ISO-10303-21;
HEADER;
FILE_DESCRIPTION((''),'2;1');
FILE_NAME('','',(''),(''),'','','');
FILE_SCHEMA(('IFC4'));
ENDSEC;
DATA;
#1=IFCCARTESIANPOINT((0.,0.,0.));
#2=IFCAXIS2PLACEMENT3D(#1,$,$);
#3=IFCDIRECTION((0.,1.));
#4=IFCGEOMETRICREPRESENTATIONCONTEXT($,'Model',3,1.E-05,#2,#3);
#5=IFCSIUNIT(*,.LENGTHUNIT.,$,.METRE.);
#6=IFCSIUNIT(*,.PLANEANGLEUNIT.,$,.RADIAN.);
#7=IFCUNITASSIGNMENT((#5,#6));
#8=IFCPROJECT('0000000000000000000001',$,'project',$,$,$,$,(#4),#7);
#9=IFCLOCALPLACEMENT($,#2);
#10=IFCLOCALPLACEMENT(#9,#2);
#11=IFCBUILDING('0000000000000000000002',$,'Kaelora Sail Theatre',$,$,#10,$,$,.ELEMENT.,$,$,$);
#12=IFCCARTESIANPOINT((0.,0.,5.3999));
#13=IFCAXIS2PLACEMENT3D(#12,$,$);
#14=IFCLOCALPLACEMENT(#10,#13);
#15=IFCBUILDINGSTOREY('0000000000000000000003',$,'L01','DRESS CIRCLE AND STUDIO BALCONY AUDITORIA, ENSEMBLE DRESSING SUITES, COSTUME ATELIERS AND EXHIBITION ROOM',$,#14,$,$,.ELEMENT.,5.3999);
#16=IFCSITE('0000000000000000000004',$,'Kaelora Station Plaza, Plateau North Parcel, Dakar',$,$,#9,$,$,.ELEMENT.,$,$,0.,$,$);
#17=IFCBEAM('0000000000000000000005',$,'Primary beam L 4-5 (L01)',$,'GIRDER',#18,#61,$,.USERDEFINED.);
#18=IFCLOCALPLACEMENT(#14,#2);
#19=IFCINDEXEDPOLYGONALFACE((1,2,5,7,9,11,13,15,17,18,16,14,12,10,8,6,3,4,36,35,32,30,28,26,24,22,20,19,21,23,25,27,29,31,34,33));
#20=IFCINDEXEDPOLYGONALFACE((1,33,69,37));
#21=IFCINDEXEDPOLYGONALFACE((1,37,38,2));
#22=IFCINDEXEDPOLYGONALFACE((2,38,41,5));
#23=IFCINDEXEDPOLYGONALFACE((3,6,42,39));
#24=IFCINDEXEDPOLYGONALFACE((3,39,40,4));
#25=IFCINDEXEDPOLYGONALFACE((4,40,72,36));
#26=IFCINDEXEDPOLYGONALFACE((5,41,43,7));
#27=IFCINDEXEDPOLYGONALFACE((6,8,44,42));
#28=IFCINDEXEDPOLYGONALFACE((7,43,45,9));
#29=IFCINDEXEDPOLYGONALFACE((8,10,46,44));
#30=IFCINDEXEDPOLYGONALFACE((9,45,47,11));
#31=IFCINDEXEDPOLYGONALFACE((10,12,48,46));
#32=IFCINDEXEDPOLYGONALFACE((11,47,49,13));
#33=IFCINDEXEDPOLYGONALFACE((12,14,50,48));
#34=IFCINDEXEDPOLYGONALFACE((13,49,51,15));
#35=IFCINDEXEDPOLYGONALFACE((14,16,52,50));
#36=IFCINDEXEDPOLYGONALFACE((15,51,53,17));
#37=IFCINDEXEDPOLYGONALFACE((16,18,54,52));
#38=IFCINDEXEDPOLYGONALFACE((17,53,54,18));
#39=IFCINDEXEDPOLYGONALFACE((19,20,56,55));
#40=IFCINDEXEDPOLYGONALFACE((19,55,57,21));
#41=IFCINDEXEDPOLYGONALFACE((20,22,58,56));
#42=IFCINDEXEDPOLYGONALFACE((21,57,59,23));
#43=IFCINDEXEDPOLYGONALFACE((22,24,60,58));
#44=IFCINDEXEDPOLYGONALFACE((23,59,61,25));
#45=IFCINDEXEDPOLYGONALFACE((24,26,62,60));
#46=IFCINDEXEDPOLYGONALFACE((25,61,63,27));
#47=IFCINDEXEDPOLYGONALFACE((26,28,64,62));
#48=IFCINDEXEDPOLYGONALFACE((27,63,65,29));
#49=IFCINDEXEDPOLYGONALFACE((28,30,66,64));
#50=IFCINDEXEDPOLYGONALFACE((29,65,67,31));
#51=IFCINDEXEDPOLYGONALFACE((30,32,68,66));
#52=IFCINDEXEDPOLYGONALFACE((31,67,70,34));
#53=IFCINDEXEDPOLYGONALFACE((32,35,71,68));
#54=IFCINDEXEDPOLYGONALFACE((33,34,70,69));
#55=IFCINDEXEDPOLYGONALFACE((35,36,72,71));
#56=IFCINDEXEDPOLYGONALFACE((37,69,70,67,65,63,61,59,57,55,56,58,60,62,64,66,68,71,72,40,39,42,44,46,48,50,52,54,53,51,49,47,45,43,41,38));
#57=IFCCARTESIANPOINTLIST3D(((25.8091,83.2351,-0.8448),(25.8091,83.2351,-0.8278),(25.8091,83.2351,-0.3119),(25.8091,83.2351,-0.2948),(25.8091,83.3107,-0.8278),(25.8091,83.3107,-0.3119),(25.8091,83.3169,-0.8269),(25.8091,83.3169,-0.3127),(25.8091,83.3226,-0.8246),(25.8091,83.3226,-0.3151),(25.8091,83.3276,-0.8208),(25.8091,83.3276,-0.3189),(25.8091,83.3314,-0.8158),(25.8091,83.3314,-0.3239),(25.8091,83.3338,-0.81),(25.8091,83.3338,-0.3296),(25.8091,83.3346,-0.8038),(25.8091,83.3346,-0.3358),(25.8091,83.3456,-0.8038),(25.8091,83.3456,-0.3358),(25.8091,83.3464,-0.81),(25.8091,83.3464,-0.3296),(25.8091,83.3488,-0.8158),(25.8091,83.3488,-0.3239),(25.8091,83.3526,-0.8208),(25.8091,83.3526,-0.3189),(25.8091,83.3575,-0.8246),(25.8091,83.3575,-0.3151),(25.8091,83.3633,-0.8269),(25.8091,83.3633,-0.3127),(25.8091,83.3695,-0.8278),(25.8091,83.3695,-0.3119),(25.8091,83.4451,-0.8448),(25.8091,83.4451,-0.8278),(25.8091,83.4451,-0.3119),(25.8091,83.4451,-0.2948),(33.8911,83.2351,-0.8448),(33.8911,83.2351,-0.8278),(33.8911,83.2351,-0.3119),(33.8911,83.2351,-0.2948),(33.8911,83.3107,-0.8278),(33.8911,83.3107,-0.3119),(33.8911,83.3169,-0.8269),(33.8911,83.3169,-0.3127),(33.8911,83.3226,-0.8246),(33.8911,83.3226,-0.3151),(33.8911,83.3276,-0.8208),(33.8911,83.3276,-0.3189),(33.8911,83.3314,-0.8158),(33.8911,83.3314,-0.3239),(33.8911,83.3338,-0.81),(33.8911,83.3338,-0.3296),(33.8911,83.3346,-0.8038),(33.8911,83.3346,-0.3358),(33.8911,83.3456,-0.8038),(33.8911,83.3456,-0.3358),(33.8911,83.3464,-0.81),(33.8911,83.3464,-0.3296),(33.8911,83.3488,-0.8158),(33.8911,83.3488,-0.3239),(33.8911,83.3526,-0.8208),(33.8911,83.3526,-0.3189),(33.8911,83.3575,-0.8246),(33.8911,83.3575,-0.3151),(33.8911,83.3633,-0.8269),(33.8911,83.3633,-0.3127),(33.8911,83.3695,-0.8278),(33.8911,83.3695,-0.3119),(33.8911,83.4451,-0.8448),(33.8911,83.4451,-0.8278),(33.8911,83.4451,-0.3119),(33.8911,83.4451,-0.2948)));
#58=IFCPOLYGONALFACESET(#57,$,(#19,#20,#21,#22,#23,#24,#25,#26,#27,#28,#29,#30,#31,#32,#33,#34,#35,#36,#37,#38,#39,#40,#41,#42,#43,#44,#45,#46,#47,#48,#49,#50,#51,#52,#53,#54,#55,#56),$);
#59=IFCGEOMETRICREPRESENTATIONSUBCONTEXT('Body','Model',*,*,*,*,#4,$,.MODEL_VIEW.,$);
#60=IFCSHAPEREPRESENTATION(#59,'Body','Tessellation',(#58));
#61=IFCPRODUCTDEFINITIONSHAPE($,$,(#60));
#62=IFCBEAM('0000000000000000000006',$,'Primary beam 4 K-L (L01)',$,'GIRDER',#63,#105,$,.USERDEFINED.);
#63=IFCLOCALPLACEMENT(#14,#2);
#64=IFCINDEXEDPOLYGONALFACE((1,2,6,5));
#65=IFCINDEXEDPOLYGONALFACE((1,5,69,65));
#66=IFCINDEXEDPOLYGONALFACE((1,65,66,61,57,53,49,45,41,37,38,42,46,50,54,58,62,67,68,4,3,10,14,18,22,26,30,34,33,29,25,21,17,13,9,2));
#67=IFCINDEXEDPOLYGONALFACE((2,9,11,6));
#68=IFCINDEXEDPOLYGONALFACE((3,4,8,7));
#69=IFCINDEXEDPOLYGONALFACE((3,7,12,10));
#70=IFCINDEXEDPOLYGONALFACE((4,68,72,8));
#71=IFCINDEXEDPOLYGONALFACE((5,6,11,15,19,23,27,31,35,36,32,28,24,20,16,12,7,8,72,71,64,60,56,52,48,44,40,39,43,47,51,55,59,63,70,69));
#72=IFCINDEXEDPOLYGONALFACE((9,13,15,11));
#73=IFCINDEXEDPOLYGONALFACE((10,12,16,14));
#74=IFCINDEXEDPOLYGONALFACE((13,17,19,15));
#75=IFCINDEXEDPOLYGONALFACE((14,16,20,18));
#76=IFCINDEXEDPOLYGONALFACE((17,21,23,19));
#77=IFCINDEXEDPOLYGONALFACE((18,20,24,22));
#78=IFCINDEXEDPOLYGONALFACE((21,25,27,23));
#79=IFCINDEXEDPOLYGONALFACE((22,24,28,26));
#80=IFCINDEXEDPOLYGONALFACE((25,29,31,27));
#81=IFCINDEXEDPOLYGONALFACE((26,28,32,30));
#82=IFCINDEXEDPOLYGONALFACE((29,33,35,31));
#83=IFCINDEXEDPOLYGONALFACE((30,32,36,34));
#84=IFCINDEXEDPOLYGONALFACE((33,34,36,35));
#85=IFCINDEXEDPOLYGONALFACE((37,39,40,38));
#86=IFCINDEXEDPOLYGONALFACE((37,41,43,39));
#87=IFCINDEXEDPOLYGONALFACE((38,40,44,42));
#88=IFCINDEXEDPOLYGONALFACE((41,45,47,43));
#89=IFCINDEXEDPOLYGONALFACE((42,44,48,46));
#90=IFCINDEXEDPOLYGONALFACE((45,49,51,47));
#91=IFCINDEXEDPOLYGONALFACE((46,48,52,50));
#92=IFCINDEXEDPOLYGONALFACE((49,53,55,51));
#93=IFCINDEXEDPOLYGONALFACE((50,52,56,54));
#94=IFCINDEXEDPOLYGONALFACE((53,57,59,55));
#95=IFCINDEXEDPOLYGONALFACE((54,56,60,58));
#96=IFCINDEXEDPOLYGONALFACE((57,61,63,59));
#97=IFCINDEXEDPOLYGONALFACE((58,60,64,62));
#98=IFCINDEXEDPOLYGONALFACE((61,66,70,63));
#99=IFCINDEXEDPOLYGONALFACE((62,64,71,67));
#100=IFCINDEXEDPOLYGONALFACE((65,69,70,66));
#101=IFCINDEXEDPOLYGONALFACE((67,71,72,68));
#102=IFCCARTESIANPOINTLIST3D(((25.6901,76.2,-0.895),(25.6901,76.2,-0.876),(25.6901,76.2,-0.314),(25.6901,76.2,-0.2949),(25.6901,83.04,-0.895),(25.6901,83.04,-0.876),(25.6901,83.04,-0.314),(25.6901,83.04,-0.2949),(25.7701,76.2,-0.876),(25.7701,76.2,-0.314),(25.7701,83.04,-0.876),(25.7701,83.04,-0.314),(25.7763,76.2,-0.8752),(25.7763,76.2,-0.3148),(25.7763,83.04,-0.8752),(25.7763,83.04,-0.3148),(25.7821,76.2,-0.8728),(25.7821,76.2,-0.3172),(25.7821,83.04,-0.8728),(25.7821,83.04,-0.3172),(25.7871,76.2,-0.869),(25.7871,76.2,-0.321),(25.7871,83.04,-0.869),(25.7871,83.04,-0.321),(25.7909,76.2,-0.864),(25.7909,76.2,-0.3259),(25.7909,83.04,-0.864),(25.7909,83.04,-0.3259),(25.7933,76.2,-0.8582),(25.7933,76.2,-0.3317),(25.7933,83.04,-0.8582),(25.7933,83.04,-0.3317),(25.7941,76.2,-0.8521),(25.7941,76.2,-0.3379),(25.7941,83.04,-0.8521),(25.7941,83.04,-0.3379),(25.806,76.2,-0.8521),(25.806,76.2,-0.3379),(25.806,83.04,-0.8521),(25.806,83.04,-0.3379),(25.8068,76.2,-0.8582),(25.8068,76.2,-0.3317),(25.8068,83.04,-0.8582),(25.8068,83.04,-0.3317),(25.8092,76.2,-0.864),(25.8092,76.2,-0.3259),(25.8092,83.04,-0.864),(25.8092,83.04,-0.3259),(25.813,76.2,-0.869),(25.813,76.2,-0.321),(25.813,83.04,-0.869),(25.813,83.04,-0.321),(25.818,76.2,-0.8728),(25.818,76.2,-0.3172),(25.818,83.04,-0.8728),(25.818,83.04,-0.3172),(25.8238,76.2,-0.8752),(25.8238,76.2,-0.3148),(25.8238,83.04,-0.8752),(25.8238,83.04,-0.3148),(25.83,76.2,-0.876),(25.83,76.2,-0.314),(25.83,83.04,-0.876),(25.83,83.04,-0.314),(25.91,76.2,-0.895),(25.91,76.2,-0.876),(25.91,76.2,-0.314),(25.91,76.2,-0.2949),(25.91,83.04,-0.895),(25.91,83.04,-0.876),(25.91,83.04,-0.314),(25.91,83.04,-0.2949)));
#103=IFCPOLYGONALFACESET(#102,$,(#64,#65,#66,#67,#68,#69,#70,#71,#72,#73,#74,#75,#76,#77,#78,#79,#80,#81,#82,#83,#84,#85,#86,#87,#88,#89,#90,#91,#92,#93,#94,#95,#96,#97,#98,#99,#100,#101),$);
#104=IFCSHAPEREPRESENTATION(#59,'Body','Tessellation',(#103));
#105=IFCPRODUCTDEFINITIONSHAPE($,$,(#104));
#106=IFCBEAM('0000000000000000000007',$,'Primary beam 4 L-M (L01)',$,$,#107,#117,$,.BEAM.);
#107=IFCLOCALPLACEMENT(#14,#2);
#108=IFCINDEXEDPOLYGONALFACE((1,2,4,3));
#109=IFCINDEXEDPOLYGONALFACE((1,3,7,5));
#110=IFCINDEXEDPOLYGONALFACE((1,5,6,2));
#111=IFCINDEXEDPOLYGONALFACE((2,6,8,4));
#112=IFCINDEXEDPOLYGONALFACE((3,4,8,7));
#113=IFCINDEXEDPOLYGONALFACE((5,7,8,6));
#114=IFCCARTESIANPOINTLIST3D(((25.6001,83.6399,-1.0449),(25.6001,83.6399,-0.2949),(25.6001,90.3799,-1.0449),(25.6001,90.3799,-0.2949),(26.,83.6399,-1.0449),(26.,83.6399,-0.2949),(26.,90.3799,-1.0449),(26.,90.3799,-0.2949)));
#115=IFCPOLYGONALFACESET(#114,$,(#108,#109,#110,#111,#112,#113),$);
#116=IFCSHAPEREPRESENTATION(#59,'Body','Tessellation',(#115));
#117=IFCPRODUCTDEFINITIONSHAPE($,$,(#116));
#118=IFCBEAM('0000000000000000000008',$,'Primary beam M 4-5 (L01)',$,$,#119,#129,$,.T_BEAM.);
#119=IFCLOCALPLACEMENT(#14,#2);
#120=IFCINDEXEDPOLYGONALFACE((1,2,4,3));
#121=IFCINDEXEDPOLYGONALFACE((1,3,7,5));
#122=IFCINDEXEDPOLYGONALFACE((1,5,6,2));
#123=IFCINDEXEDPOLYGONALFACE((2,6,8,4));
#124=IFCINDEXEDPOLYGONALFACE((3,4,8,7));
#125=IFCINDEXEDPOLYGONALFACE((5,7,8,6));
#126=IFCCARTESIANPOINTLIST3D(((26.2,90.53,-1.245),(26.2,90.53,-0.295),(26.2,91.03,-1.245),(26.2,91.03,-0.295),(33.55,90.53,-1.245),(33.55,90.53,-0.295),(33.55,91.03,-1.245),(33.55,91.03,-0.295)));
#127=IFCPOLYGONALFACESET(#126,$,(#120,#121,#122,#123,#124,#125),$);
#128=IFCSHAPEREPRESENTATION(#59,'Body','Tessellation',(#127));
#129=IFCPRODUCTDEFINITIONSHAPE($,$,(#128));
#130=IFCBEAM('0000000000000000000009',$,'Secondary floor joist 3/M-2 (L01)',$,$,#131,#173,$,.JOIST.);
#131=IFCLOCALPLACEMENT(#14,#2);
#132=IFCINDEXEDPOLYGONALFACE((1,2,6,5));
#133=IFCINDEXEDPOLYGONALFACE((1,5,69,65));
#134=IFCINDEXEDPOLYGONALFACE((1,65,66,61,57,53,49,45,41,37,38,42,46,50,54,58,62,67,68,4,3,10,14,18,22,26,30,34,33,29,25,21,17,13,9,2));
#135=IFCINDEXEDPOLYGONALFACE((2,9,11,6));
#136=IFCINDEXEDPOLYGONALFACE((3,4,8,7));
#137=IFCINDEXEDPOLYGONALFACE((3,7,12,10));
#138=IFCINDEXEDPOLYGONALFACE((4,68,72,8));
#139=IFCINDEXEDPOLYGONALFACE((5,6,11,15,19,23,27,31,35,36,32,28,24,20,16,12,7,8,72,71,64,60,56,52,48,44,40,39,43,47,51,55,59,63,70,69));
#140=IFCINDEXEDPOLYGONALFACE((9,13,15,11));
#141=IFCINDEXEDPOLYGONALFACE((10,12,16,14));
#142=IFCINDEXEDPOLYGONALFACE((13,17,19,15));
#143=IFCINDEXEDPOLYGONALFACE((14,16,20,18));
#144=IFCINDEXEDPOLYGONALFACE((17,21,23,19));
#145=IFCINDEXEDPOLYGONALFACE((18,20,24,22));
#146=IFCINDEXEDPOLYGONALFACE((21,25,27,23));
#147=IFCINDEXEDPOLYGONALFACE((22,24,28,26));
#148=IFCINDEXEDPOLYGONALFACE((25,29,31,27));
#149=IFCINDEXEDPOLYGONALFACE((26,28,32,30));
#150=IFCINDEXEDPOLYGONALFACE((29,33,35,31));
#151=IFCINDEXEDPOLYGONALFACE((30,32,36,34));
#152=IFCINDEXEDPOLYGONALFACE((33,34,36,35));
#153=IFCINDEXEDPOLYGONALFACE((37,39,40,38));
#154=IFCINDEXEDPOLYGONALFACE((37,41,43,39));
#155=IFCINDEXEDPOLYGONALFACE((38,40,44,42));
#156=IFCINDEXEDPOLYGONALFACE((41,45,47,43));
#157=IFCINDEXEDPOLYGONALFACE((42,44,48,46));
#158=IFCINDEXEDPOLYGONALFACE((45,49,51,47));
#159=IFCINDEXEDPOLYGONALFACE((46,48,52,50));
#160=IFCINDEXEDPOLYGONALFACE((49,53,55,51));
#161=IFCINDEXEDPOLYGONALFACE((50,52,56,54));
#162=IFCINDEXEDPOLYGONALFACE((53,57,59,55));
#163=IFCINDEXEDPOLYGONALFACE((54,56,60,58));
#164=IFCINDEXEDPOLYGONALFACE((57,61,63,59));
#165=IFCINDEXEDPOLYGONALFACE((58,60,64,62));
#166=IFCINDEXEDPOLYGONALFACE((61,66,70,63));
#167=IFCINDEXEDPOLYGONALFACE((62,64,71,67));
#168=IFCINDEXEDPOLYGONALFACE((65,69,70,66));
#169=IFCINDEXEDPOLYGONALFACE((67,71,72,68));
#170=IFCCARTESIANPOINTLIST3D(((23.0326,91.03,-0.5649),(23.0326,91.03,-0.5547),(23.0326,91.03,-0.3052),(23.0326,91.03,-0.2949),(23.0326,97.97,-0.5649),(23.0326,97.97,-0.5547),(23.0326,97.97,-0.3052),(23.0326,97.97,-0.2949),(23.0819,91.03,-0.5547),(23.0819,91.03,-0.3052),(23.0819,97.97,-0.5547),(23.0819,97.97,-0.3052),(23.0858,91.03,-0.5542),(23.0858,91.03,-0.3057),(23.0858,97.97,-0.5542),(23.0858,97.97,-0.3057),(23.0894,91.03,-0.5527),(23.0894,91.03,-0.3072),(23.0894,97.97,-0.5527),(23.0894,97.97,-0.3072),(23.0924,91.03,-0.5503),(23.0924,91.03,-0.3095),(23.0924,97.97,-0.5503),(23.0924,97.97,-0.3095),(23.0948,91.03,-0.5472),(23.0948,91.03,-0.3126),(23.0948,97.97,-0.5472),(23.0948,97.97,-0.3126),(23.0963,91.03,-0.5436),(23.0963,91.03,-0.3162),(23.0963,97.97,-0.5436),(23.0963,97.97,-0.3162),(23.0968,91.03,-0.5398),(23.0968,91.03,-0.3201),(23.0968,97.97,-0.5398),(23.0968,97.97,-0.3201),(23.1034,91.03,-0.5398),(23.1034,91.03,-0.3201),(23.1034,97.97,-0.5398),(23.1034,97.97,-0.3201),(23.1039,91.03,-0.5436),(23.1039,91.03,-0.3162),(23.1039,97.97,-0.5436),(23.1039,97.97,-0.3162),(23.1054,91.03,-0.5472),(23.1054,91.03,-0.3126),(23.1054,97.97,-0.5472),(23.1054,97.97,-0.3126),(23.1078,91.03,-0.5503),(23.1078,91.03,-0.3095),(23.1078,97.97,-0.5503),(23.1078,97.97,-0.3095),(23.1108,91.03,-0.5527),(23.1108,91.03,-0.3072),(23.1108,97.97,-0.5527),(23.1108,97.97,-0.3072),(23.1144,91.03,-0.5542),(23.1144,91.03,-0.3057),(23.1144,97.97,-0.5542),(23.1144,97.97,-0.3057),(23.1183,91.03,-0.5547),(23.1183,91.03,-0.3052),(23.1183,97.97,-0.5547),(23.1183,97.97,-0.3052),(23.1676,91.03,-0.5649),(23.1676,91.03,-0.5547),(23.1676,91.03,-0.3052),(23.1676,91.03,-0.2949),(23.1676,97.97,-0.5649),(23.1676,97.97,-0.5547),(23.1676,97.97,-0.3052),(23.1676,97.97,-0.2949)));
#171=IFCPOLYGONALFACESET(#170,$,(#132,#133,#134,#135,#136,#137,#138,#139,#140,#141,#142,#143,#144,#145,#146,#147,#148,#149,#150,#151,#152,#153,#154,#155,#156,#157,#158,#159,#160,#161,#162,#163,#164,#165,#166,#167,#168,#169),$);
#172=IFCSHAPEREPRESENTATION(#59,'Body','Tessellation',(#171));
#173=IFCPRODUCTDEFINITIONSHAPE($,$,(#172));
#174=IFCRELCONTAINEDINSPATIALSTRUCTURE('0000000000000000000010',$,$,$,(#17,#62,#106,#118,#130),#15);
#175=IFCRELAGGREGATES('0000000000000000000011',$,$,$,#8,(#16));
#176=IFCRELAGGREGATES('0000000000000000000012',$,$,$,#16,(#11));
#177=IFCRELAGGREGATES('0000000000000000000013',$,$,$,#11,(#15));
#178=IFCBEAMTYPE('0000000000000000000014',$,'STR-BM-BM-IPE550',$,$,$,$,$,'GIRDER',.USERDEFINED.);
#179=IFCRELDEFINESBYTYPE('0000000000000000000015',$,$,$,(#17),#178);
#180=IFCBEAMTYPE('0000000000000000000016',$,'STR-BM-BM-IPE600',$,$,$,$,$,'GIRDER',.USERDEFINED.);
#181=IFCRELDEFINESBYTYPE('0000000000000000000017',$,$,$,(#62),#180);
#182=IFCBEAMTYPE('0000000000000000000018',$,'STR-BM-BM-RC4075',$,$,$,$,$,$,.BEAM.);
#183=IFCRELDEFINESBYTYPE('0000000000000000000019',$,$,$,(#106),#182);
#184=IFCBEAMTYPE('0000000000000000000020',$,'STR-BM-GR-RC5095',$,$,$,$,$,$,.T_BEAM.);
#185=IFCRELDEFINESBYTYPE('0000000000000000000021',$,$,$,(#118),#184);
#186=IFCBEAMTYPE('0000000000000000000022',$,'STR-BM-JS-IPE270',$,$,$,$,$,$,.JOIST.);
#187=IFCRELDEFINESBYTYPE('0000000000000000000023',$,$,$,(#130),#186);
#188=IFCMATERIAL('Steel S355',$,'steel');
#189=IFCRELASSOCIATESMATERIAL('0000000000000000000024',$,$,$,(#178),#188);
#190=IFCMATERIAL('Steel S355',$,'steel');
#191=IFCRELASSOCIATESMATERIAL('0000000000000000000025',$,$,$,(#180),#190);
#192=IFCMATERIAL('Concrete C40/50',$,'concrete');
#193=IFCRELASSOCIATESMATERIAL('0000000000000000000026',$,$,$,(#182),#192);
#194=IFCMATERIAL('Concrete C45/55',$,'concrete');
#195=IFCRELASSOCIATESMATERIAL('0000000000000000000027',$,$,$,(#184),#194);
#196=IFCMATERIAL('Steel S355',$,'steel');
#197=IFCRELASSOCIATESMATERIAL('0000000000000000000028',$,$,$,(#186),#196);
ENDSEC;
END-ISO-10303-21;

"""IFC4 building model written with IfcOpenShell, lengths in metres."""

from ifc_helpers import new_model, si_unit, direction, frame, origin, origin_2d, place, context, subcontext, project, spatial, rectangle, i_section, extrude, material, material_profile, profile_set, type_object, element, save


model = new_model("IFC4")

# Units and contexts
model_context = context("Model", 3, precision=1e-05, world=origin(), true_north=direction((0.0, 1.0)))
body_context = subcontext(model_context, "Body", "Model", "MODEL_VIEW")
ifc_project = project(units=[si_unit("LENGTHUNIT", "METRE"), si_unit("PLANEANGLEUNIT", "RADIAN")], contexts=[model_context])

# Site, building, storey
site_placement = place(None, origin())
site = spatial("IfcSite", under=ifc_project, at=site_placement, Name="Kaelora Station Plaza, Plateau North Parcel, Dakar", CompositionType="ELEMENT", RefElevation=0.0)
building_placement = place(site_placement, origin())
building = spatial("IfcBuilding", under=site, at=building_placement, Name="Kaelora Sail Theatre", CompositionType="ELEMENT")
storey_placement = place(building_placement, frame((0.0, 0.0, 5.3999)))
storey = spatial("IfcBuildingStorey", under=building, at=storey_placement, Name="L01", Description="DRESS CIRCLE AND STUDIO BALCONY AUDITORIA, ENSEMBLE DRESSING SUITES, COSTUME ATELIERS AND EXHIBITION ROOM", CompositionType="ELEMENT", Elevation=5.3999)

# Beams
ifc_material_1 = material(Name="Steel S355", Category="steel")
ifc_material_profile_1 = material_profile(ifc_material_1, i_section(OverallWidth=0.21, OverallDepth=0.55, WebThickness=0.011, FlangeThickness=0.0171, FilletRadius=0.0239, at=origin_2d()), Name="IPE 550")
ifc_profile_set_1 = profile_set([ifc_material_profile_1], Name="Steel S355")
beam_type_1 = type_object("IfcBeamType", Name="STR-BM-BM-IPE550", ElementType="GIRDER", PredefinedType="USERDEFINED", material=ifc_profile_set_1)
beam_1_placement = place(storey_placement, frame((25.8091, 83.3401, -0.5698), z_axis=(1.0, 0.0, 0.0), x_axis=(0.0, 1.0, 0.0)))
element("IfcBeam", 1, at=beam_1_placement, inside=storey, type_object=beam_type_1, Name="Primary beam L 4-5 (L01)", ObjectType="GIRDER", PredefinedType="USERDEFINED", context=body_context, shape_type="SweptSolid", body=[
    extrude(i_section(OverallWidth=0.21, OverallDepth=0.55, WebThickness=0.011, FlangeThickness=0.0171, FilletRadius=0.0239, at=origin_2d()), origin(), (0.0, 0.0, 1.0), 8.082),
])
ifc_material_2 = material(Name="Steel S355", Category="steel")
ifc_material_profile_2 = material_profile(ifc_material_2, i_section(OverallWidth=0.22, OverallDepth=0.6001, WebThickness=0.012, FlangeThickness=0.019, FilletRadius=0.0239, at=origin_2d()), Name="IPE 600")
ifc_profile_set_2 = profile_set([ifc_material_profile_2], Name="Steel S355")
beam_type_2 = type_object("IfcBeamType", Name="STR-BM-BM-IPE600", ElementType="GIRDER", PredefinedType="USERDEFINED", material=ifc_profile_set_2)
beam_2_placement = place(storey_placement, frame((25.8, 76.2, -0.595), z_axis=(0.0, 1.0, 0.0), x_axis=(-1.0, 0.0, 0.0)))
element("IfcBeam", 2, at=beam_2_placement, inside=storey, type_object=beam_type_2, Name="Primary beam 4 K-L (L01)", ObjectType="GIRDER", PredefinedType="USERDEFINED", context=body_context, shape_type="SweptSolid", body=[
    extrude(i_section(OverallWidth=0.22, OverallDepth=0.6001, WebThickness=0.012, FlangeThickness=0.019, FilletRadius=0.0239, at=origin_2d()), origin(), (0.0, 0.0, 1.0), 6.8401),
])
ifc_material_3 = material(Name="Concrete C40/50", Category="concrete")
ifc_material_profile_3 = material_profile(ifc_material_3, rectangle(XDim=0.3999, YDim=0.75, at=origin_2d()), Name="RC-BM 400x750")
ifc_profile_set_3 = profile_set([ifc_material_profile_3], Name="Concrete C40/50")
beam_type_3 = type_object("IfcBeamType", Name="STR-BM-BM-RC4075", PredefinedType="BEAM", material=ifc_profile_set_3)
beam_3_placement = place(storey_placement, frame((25.8, 83.6399, -0.6699), z_axis=(0.0, 1.0, 0.0), x_axis=(-1.0, 0.0, 0.0)))
element("IfcBeam", 3, at=beam_3_placement, inside=storey, type_object=beam_type_3, Name="Primary beam 4 L-M (L01)", PredefinedType="BEAM", context=body_context, shape_type="SweptSolid", body=[
    extrude(rectangle(XDim=0.3999, YDim=0.75, at=origin_2d()), origin(), (0.0, 0.0, 1.0), 6.74),
])
ifc_material_4 = material(Name="Concrete C45/55", Category="concrete")
ifc_material_profile_4 = material_profile(ifc_material_4, rectangle(XDim=0.5, YDim=0.95, at=origin_2d()), Name="RC-GRD 500x950")
ifc_profile_set_4 = profile_set([ifc_material_profile_4], Name="Concrete C45/55")
beam_type_4 = type_object("IfcBeamType", Name="STR-BM-GR-RC5095", PredefinedType="T_BEAM", material=ifc_profile_set_4)
beam_4_placement = place(storey_placement, frame((26.2, 90.78, -0.77), z_axis=(1.0, 0.0, 0.0), x_axis=(0.0, 1.0, 0.0)))
element("IfcBeam", 4, at=beam_4_placement, inside=storey, type_object=beam_type_4, Name="Primary beam M 4-5 (L01)", PredefinedType="T_BEAM", context=body_context, shape_type="SweptSolid", body=[
    extrude(rectangle(XDim=0.5, YDim=0.95, at=origin_2d()), origin(), (0.0, 0.0, 1.0), 7.3501),
])
ifc_material_5 = material(Name="Steel S355", Category="steel")
ifc_material_profile_5 = material_profile(ifc_material_5, i_section(OverallWidth=0.135, OverallDepth=0.27, WebThickness=0.0066, FlangeThickness=0.0103, FilletRadius=0.0149, at=origin_2d()), Name="IPE 270")
ifc_profile_set_5 = profile_set([ifc_material_profile_5], Name="Steel S355")
beam_type_5 = type_object("IfcBeamType", Name="STR-BM-JS-IPE270", PredefinedType="JOIST", material=ifc_profile_set_5)
beam_5_placement = place(storey_placement, frame((23.1001, 91.03, -0.4299), z_axis=(0.0, 1.0, 0.0), x_axis=(-1.0, 0.0, 0.0)))
element("IfcBeam", 5, at=beam_5_placement, inside=storey, type_object=beam_type_5, Name="Secondary floor joist 3/M-2 (L01)", PredefinedType="JOIST", context=body_context, shape_type="SweptSolid", body=[
    extrude(i_section(OverallWidth=0.135, OverallDepth=0.27, WebThickness=0.0066, FlangeThickness=0.0103, FilletRadius=0.0149, at=origin_2d()), origin(), (0.0, 0.0, 1.0), 6.9399),
])

save(model, "model.ifc")
